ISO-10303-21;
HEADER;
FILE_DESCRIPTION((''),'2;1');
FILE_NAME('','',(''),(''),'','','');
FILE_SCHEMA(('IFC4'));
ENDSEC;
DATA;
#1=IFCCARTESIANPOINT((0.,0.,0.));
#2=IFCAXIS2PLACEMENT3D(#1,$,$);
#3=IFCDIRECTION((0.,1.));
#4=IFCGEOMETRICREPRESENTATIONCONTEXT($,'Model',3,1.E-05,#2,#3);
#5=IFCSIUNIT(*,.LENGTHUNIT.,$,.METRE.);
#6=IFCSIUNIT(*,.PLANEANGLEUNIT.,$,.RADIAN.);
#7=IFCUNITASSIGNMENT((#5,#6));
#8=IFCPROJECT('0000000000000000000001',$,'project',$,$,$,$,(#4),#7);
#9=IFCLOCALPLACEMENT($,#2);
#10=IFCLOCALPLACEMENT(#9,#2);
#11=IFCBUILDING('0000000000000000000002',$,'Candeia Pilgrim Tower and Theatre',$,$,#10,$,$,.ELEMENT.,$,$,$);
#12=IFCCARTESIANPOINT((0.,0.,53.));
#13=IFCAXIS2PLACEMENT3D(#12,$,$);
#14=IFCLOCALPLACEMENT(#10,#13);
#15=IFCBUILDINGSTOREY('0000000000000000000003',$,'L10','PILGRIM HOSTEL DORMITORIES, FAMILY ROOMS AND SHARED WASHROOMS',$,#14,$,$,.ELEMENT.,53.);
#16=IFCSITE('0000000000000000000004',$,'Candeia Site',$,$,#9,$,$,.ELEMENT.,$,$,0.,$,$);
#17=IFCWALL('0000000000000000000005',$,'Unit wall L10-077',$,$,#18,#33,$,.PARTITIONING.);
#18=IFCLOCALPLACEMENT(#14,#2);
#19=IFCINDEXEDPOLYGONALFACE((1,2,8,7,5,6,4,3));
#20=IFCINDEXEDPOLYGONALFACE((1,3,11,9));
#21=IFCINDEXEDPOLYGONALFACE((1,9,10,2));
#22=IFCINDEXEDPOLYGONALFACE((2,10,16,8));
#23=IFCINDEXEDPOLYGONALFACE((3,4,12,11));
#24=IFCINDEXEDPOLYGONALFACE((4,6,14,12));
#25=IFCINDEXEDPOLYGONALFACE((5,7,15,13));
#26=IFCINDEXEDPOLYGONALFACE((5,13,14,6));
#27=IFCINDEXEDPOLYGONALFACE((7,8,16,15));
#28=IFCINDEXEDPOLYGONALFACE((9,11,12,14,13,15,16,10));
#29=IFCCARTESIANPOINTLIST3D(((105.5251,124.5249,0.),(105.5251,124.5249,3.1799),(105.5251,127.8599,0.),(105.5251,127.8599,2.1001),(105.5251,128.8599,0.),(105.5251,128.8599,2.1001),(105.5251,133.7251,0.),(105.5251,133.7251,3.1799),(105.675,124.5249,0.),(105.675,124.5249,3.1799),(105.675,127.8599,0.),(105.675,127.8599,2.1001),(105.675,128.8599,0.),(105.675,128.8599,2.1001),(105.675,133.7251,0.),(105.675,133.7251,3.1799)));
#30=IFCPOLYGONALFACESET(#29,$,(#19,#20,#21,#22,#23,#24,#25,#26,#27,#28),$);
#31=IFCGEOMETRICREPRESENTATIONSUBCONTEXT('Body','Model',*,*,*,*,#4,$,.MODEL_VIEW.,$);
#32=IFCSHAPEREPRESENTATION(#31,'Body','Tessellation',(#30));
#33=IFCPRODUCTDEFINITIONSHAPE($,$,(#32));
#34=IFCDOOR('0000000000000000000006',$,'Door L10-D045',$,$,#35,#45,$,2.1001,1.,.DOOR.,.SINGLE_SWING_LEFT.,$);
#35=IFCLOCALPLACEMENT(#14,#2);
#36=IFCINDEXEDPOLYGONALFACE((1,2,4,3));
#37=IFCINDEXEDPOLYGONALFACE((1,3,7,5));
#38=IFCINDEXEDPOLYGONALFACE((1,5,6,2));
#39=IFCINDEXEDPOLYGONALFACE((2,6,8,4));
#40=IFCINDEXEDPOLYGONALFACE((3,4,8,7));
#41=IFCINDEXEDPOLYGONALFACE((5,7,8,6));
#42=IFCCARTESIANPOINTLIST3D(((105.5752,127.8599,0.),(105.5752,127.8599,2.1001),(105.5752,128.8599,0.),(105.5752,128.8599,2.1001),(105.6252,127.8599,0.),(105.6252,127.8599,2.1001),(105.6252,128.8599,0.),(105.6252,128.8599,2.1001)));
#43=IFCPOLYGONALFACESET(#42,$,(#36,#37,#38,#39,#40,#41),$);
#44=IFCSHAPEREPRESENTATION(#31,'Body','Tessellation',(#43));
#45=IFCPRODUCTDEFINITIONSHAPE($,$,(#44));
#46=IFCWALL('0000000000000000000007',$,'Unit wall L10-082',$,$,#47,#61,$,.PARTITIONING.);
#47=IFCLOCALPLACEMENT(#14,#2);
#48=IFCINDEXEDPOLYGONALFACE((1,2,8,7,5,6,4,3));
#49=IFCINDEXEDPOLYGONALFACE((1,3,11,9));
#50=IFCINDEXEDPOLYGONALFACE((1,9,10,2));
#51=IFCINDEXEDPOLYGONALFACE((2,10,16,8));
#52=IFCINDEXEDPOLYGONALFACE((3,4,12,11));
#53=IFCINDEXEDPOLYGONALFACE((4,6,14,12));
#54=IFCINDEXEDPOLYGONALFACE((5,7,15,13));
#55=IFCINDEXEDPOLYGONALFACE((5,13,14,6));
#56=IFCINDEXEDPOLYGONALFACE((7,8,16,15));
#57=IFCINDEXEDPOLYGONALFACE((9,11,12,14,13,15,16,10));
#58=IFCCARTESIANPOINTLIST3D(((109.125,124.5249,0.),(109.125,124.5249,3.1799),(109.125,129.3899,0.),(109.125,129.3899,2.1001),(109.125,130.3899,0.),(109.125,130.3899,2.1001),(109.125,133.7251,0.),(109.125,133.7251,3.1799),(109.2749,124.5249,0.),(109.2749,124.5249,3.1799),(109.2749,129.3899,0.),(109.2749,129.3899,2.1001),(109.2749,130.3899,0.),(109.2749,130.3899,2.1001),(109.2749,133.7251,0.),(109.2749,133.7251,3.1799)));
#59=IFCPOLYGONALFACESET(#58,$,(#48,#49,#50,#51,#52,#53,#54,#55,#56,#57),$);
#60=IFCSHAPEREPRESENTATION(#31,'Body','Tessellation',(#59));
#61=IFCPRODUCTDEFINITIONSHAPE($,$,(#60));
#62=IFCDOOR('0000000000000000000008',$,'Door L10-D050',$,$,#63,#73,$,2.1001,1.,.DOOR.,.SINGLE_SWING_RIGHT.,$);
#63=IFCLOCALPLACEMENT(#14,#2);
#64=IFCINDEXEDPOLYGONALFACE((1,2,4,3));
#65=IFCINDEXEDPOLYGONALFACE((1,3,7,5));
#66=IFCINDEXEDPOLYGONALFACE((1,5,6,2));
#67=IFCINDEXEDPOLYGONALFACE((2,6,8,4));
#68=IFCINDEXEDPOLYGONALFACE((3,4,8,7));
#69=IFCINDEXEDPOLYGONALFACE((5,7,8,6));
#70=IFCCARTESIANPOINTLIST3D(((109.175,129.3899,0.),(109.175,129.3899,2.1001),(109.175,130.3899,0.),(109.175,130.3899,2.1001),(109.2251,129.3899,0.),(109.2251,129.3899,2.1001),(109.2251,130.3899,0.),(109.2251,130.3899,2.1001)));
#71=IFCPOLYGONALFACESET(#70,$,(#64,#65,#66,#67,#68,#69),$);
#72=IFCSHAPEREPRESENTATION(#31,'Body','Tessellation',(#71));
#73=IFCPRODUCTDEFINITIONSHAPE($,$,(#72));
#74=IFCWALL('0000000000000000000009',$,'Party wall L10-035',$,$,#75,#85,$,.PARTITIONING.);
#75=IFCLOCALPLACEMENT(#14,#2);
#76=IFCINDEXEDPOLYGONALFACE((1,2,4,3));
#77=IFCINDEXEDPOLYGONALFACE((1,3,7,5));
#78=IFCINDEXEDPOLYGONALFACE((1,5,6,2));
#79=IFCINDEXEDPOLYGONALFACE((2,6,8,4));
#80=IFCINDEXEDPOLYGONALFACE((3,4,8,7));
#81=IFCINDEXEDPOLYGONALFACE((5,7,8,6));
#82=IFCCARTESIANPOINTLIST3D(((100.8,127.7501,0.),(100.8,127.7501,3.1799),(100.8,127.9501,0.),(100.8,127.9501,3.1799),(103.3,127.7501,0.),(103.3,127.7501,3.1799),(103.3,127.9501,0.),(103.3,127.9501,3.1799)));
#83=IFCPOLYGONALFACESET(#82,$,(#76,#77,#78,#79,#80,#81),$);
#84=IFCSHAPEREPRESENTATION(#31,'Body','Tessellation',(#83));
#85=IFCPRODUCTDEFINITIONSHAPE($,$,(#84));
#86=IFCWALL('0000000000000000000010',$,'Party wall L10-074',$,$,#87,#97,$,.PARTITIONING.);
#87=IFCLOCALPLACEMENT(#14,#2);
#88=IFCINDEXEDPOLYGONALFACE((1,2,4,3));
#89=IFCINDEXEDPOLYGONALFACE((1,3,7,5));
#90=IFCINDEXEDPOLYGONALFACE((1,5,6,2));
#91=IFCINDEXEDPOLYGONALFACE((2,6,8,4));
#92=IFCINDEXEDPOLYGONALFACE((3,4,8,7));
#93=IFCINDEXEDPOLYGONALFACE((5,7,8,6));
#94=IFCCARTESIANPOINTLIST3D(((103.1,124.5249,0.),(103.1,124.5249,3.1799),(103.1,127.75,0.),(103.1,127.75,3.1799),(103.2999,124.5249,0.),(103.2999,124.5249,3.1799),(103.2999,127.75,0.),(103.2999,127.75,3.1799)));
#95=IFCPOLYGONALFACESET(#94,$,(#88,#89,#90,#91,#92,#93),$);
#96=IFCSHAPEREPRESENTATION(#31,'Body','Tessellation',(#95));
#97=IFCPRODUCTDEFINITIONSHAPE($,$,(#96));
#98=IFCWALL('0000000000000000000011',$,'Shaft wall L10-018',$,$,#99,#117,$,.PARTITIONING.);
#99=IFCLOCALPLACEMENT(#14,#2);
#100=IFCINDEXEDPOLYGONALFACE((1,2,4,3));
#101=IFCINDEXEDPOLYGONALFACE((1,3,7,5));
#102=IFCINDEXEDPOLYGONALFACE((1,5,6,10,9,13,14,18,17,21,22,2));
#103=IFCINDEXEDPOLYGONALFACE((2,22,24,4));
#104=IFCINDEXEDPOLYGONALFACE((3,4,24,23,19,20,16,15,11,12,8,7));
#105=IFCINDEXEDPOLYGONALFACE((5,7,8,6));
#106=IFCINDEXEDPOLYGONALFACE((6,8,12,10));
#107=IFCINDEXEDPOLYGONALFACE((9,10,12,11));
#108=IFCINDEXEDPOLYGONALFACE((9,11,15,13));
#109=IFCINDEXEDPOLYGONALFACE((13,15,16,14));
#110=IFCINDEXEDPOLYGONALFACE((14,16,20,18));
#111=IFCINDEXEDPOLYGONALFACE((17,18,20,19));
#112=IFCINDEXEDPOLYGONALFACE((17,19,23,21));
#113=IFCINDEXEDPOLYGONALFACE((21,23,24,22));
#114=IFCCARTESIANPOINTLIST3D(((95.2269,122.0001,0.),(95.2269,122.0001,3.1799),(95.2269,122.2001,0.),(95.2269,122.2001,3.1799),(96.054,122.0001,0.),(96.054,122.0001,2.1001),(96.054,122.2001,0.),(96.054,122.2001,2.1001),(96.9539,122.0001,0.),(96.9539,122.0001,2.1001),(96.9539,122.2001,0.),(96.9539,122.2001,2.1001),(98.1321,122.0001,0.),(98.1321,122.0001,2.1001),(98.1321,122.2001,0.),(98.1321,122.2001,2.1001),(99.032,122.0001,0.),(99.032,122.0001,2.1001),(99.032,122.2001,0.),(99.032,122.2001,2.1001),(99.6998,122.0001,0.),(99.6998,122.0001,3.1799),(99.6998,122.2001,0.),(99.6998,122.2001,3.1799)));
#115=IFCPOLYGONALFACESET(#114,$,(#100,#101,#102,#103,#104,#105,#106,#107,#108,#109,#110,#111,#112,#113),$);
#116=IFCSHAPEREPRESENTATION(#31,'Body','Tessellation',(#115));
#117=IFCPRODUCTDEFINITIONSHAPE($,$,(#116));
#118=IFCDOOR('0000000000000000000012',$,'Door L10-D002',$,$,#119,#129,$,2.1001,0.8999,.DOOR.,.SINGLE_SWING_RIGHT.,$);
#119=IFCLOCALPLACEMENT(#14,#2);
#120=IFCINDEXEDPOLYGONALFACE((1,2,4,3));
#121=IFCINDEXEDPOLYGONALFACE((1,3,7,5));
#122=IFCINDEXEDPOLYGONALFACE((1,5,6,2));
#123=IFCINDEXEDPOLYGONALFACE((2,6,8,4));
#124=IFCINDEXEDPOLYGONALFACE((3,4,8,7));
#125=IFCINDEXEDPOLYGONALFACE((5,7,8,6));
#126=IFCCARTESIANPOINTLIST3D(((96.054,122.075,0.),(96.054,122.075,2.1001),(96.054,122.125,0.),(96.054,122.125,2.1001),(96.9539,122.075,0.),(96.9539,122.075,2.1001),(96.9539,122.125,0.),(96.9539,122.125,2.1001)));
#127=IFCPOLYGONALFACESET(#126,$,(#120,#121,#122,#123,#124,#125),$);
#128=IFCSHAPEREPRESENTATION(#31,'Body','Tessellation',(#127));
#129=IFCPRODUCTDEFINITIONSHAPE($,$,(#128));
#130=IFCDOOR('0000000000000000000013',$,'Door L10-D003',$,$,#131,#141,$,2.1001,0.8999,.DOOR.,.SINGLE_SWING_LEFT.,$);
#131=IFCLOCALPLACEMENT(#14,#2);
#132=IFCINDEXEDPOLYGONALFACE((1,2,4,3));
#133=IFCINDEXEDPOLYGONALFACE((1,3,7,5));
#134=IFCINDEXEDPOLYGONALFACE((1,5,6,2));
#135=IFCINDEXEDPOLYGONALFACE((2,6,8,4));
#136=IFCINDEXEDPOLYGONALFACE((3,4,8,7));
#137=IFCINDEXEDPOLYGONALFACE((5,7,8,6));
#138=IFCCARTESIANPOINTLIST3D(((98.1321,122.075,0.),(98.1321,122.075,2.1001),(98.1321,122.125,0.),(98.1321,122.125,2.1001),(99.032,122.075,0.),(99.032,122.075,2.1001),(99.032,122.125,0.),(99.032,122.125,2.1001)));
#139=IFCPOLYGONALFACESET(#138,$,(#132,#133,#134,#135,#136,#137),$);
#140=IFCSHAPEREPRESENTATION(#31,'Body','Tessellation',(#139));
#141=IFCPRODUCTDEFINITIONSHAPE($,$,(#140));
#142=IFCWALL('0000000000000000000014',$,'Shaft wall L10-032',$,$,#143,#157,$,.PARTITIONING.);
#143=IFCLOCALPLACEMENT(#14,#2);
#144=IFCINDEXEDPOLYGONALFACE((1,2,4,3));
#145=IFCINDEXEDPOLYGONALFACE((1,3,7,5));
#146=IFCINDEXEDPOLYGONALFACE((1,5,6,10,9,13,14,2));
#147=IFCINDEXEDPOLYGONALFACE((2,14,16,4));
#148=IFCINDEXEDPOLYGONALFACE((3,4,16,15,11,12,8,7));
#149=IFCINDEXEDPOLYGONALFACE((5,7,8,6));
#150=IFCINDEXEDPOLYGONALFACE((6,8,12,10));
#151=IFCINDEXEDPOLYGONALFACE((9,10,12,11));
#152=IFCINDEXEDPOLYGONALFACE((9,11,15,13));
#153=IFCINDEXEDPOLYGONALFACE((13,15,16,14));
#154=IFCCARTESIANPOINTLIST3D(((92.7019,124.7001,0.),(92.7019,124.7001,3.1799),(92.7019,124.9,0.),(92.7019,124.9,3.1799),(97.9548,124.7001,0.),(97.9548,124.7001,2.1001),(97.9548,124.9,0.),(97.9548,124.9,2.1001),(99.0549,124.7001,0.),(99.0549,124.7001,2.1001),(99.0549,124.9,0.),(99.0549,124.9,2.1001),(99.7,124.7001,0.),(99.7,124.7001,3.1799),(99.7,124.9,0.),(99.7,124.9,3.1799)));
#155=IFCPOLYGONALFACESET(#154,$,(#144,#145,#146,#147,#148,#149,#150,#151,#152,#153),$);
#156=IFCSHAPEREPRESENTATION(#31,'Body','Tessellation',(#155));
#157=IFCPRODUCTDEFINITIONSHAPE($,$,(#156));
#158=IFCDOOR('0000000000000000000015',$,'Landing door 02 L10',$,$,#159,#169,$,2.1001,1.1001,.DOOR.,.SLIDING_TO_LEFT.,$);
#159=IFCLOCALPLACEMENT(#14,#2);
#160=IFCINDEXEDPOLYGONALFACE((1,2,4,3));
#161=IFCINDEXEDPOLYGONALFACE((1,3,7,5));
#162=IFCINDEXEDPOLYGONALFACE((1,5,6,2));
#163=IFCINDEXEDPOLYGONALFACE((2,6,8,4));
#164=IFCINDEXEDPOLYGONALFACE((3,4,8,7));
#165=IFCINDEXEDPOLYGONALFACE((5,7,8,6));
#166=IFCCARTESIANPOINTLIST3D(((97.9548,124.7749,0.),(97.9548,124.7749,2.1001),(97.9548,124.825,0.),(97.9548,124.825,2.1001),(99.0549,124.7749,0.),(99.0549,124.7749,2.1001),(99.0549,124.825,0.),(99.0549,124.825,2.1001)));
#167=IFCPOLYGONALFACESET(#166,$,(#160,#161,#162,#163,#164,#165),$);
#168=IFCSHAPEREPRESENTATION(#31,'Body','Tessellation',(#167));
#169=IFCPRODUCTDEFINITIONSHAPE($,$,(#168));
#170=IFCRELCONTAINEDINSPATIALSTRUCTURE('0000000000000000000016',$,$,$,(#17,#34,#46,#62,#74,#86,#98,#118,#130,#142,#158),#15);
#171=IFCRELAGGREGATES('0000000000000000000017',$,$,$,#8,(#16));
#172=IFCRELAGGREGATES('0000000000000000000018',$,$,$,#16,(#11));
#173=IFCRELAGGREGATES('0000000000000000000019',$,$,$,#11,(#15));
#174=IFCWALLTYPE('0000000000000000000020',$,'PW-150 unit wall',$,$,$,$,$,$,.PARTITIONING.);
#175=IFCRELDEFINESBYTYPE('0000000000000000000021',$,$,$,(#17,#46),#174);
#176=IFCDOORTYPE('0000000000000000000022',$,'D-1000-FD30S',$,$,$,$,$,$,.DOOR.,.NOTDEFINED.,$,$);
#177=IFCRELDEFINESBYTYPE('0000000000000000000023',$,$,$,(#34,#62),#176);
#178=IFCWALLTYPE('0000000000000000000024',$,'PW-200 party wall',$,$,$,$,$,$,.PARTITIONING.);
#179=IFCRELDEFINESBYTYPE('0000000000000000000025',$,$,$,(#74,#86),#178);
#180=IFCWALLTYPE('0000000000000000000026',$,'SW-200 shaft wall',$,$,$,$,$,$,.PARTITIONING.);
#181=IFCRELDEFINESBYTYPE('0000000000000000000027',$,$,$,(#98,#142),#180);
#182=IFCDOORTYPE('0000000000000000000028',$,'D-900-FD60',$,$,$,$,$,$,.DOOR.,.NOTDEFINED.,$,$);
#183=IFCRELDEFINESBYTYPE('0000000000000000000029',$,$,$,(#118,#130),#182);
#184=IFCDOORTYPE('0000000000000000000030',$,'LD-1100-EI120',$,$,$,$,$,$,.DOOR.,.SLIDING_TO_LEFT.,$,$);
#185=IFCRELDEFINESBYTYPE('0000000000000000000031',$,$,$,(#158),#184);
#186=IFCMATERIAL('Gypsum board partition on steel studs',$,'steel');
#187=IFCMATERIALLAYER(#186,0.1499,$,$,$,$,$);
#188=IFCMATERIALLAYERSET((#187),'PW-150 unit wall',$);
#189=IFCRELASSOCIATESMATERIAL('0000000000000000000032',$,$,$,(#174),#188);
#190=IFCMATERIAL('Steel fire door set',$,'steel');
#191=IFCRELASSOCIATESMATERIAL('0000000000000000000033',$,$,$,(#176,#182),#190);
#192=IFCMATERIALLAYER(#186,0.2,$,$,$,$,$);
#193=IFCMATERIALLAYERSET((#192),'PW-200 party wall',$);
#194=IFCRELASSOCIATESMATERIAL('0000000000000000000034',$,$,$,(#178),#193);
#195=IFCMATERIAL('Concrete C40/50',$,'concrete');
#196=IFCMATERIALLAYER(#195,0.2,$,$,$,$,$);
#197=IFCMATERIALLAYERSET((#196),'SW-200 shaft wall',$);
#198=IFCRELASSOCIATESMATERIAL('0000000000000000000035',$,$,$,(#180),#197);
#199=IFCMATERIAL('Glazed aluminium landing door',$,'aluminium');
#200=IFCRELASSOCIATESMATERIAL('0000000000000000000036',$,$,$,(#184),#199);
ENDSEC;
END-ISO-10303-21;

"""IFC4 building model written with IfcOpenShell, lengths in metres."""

from ifc_helpers import new_model, si_unit, direction, frame, frame_2d, origin, place, context, subcontext, project, spatial, rectangle, extrude, material, layer, layer_set, type_object, element, fill, save


model = new_model("IFC4")

# Units and contexts
model_context = context("Model", 3, precision=1e-05, world=origin(), true_north=direction((0.0, 1.0)))
body_context = subcontext(model_context, "Body", "Model", "MODEL_VIEW")
ifc_project = project(units=[si_unit("LENGTHUNIT", "METRE"), si_unit("PLANEANGLEUNIT", "RADIAN")], contexts=[model_context])

# Site, building, storey
site_placement = place(None, origin())
site = spatial("IfcSite", under=ifc_project, at=site_placement, Name="Candeia Site", CompositionType="ELEMENT", RefElevation=0.0)
building_placement = place(site_placement, origin())
building = spatial("IfcBuilding", under=site, at=building_placement, Name="Candeia Pilgrim Tower and Theatre", CompositionType="ELEMENT")
storey_placement = place(building_placement, frame((0.0, 0.0, 53.0)))
storey = spatial("IfcBuildingStorey", under=building, at=storey_placement, Name="L10", Description="PILGRIM HOSTEL DORMITORIES, FAMILY ROOMS AND SHARED WASHROOMS", CompositionType="ELEMENT", Elevation=53.0)

# Shared definitions
ifc_material_1 = material(Name="Steel fire door set", Category="steel")
ifc_material_2 = material(Name="Gypsum board partition on steel studs", Category="steel")

# Shared definitions
ifc_layer_1 = layer(ifc_material_2, 0.1499)
ifc_layer_set_1 = layer_set([ifc_layer_1], Name="PW-150 unit wall")
wall_type_1 = type_object("IfcWallType", Name="PW-150 unit wall", PredefinedType="PARTITIONING", material=ifc_layer_set_1)

# Shared definitions
door_type_1 = type_object("IfcDoorType", Name="D-1000-FD30S", OperationType="NOTDEFINED", PredefinedType="DOOR", material=ifc_material_1)

# Walls, openings, doors
wall_1_placement = place(storey_placement, frame((105.6001, 124.5249, 0.0), z_axis=(0.0, 0.0, 1.0), x_axis=(0.0, 1.0, 0.0)))
wall_1 = element("IfcWall", 1, at=wall_1_placement, inside=storey, type_object=wall_type_1, Name="Unit wall L10-077", PredefinedType="PARTITIONING", context=body_context, shape_type="SweptSolid", body=[
    extrude(rectangle(XDim=9.2002, YDim=0.1499, at=frame_2d((4.6001, 0.0))), origin(), (0.0, 0.0, 1.0), 3.1799),
])
opening_1_placement = place(wall_1_placement, frame((3.335, 0.0, 0.0)))
opening_1 = element("IfcOpeningElement", 2, at=opening_1_placement, cuts=wall_1, PredefinedType="OPENING", context=body_context, shape_type="SweptSolid", body=[
    extrude(rectangle(XDim=1.0, YDim=2.1001, at=frame_2d((0.5, 1.05))), frame((0.0, 0.085, 0.0), z_axis=(0.0, -1.0, 0.0), x_axis=(1.0, 0.0, 0.0)), (0.0, 0.0, 1.0), 0.1699),
])
door_1_placement = place(opening_1_placement, origin())
door_1 = element("IfcDoor", 3, at=door_1_placement, inside=storey, type_object=door_type_1, Name="Door L10-D045", OperationType="SINGLE_SWING_LEFT", OverallHeight=2.1001, OverallWidth=1.0, PredefinedType="DOOR", context=body_context, shape_type="SweptSolid", body=[
    extrude(rectangle(XDim=1.0, YDim=2.1001, at=frame_2d((0.5, 1.05))), frame((0.0, 0.0249, 0.0), z_axis=(0.0, -1.0, 0.0), x_axis=(1.0, 0.0, 0.0)), (0.0, 0.0, 1.0), 0.05),
])
fill(opening_1, door_1)
wall_2_placement = place(storey_placement, frame((109.2, 124.5249, 0.0), z_axis=(0.0, 0.0, 1.0), x_axis=(0.0, 1.0, 0.0)))
wall_2 = element("IfcWall", 4, at=wall_2_placement, inside=storey, type_object=wall_type_1, Name="Unit wall L10-082", PredefinedType="PARTITIONING", context=body_context, shape_type="SweptSolid", body=[
    extrude(rectangle(XDim=9.2002, YDim=0.1499, at=frame_2d((4.6001, 0.0))), origin(), (0.0, 0.0, 1.0), 3.1799),
])
opening_2_placement = place(wall_2_placement, frame((4.865, 0.0, 0.0)))
opening_2 = element("IfcOpeningElement", 5, at=opening_2_placement, cuts=wall_2, PredefinedType="OPENING", context=body_context, shape_type="SweptSolid", body=[
    extrude(rectangle(XDim=1.0, YDim=2.1001, at=frame_2d((0.5, 1.05))), frame((0.0, 0.085, 0.0), z_axis=(0.0, -1.0, 0.0), x_axis=(1.0, 0.0, 0.0)), (0.0, 0.0, 1.0), 0.1699),
])
door_2_placement = place(opening_2_placement, origin())
door_2 = element("IfcDoor", 6, at=door_2_placement, inside=storey, type_object=door_type_1, Name="Door L10-D050", OperationType="SINGLE_SWING_RIGHT", OverallHeight=2.1001, OverallWidth=1.0, PredefinedType="DOOR", context=body_context, shape_type="SweptSolid", body=[
    extrude(rectangle(XDim=1.0, YDim=2.1001, at=frame_2d((0.5, 1.05))), frame((0.0, 0.0249, 0.0), z_axis=(0.0, -1.0, 0.0), x_axis=(1.0, 0.0, 0.0)), (0.0, 0.0, 1.0), 0.05),
])
fill(opening_2, door_2)

# Walls
ifc_layer_2 = layer(ifc_material_2, 0.2)
ifc_layer_set_2 = layer_set([ifc_layer_2], Name="PW-200 party wall")
wall_type_2 = type_object("IfcWallType", Name="PW-200 party wall", PredefinedType="PARTITIONING", material=ifc_layer_set_2)
wall_3_placement = place(storey_placement, frame((100.8, 127.8501, 0.0), z_axis=(0.0, 0.0, 1.0), x_axis=(1.0, 0.0, 0.0)))
element("IfcWall", 7, at=wall_3_placement, inside=storey, type_object=wall_type_2, Name="Party wall L10-035", PredefinedType="PARTITIONING", context=body_context, shape_type="SweptSolid", body=[
    extrude(rectangle(XDim=2.5, YDim=0.2, at=frame_2d((1.25, 0.0))), origin(), (0.0, 0.0, 1.0), 3.1799),
])
wall_4_placement = place(storey_placement, frame((103.2, 124.5249, 0.0), z_axis=(0.0, 0.0, 1.0), x_axis=(0.0, 1.0, 0.0)))
element("IfcWall", 8, at=wall_4_placement, inside=storey, type_object=wall_type_2, Name="Party wall L10-074", PredefinedType="PARTITIONING", context=body_context, shape_type="SweptSolid", body=[
    extrude(rectangle(XDim=3.2251, YDim=0.2, at=frame_2d((1.6125, 0.0))), origin(), (0.0, 0.0, 1.0), 3.1799),
])

# Wall, openings, doors
ifc_material_3 = material(Name="Concrete C40/50", Category="concrete")
ifc_layer_3 = layer(ifc_material_3, 0.2)
ifc_layer_set_3 = layer_set([ifc_layer_3], Name="SW-200 shaft wall")
wall_type_3 = type_object("IfcWallType", Name="SW-200 shaft wall", PredefinedType="PARTITIONING", material=ifc_layer_set_3)
wall_5_placement = place(storey_placement, frame((95.2271, 122.1001, 0.0), z_axis=(0.0, 0.0, 1.0), x_axis=(1.0, 0.0, 0.0)))
wall_5 = element("IfcWall", 9, at=wall_5_placement, inside=storey, type_object=wall_type_3, Name="Shaft wall L10-018", PredefinedType="PARTITIONING", context=body_context, shape_type="SweptSolid", body=[
    extrude(rectangle(XDim=4.4729, YDim=0.2, at=frame_2d((2.2363, 0.0))), origin(), (0.0, 0.0, 1.0), 3.1799),
])
opening_3_placement = place(wall_5_placement, frame((0.8269, 0.0, 0.0)))
opening_3 = element("IfcOpeningElement", 10, at=opening_3_placement, cuts=wall_5, PredefinedType="OPENING", context=body_context, shape_type="SweptSolid", body=[
    extrude(rectangle(XDim=0.8999, YDim=2.1001, at=frame_2d((0.45, 1.05))), frame((0.0, 0.1099, 0.0), z_axis=(0.0, -1.0, 0.0), x_axis=(1.0, 0.0, 0.0)), (0.0, 0.0, 1.0), 0.22),
])
opening_4_placement = place(wall_5_placement, frame((2.905, 0.0, 0.0)))
opening_4 = element("IfcOpeningElement", 11, at=opening_4_placement, cuts=wall_5, PredefinedType="OPENING", context=body_context, shape_type="SweptSolid", body=[
    extrude(rectangle(XDim=0.8999, YDim=2.1001, at=frame_2d((0.45, 1.05))), frame((0.0, 0.1099, 0.0), z_axis=(0.0, -1.0, 0.0), x_axis=(1.0, 0.0, 0.0)), (0.0, 0.0, 1.0), 0.22),
])
door_type_2 = type_object("IfcDoorType", Name="D-900-FD60", OperationType="NOTDEFINED", PredefinedType="DOOR", material=ifc_material_1)
door_3_placement = place(opening_3_placement, origin())
door_3 = element("IfcDoor", 12, at=door_3_placement, inside=storey, type_object=door_type_2, Name="Door L10-D002", OperationType="SINGLE_SWING_RIGHT", OverallHeight=2.1001, OverallWidth=0.8999, PredefinedType="DOOR", context=body_context, shape_type="SweptSolid", body=[
    extrude(rectangle(XDim=0.8999, YDim=2.1001, at=frame_2d((0.45, 1.05))), frame((0.0, 0.0249, 0.0), z_axis=(0.0, -1.0, 0.0), x_axis=(1.0, 0.0, 0.0)), (0.0, 0.0, 1.0), 0.05),
])
fill(opening_3, door_3)
door_4_placement = place(opening_4_placement, origin())
door_4 = element("IfcDoor", 13, at=door_4_placement, inside=storey, type_object=door_type_2, Name="Door L10-D003", OperationType="SINGLE_SWING_LEFT", OverallHeight=2.1001, OverallWidth=0.8999, PredefinedType="DOOR", context=body_context, shape_type="SweptSolid", body=[
    extrude(rectangle(XDim=0.8999, YDim=2.1001, at=frame_2d((0.45, 1.05))), frame((0.0, 0.0249, 0.0), z_axis=(0.0, -1.0, 0.0), x_axis=(1.0, 0.0, 0.0)), (0.0, 0.0, 1.0), 0.05),
])
fill(opening_4, door_4)

# Wall, opening, door
wall_6_placement = place(storey_placement, frame((92.7019, 124.8, 0.0), z_axis=(0.0, 0.0, 1.0), x_axis=(1.0, 0.0, 0.0)))
wall_6 = element("IfcWall", 14, at=wall_6_placement, inside=storey, type_object=wall_type_3, Name="Shaft wall L10-032", PredefinedType="PARTITIONING", context=body_context, shape_type="SweptSolid", body=[
    extrude(rectangle(XDim=6.998, YDim=0.2, at=frame_2d((3.499, 0.0))), origin(), (0.0, 0.0, 1.0), 3.1799),
])
opening_5_placement = place(wall_6_placement, frame((5.2529, 0.0, 0.0)))
opening_5 = element("IfcOpeningElement", 15, at=opening_5_placement, cuts=wall_6, PredefinedType="OPENING", context=body_context, shape_type="SweptSolid", body=[
    extrude(rectangle(XDim=1.1001, YDim=2.1001, at=frame_2d((0.55, 1.05))), frame((0.0, 0.1099, 0.0), z_axis=(0.0, -1.0, 0.0), x_axis=(1.0, 0.0, 0.0)), (0.0, 0.0, 1.0), 0.22),
])
ifc_material_4 = material(Name="Glazed aluminium landing door", Category="aluminium")
door_type_3 = type_object("IfcDoorType", Name="LD-1100-EI120", OperationType="SLIDING_TO_LEFT", PredefinedType="DOOR", material=ifc_material_4)
door_5_placement = place(opening_5_placement, origin())
door_5 = element("IfcDoor", 16, at=door_5_placement, inside=storey, type_object=door_type_3, Name="Landing door 02 L10", OperationType="SLIDING_TO_LEFT", OverallHeight=2.1001, OverallWidth=1.1001, PredefinedType="DOOR", context=body_context, shape_type="SweptSolid", body=[
    extrude(rectangle(XDim=1.1001, YDim=2.1001, at=frame_2d((0.55, 1.05))), frame((0.0, 0.0249, 0.0), z_axis=(0.0, -1.0, 0.0), x_axis=(1.0, 0.0, 0.0)), (0.0, 0.0, 1.0), 0.05),
])
fill(opening_5, door_5)

save(model, "model.ifc")
